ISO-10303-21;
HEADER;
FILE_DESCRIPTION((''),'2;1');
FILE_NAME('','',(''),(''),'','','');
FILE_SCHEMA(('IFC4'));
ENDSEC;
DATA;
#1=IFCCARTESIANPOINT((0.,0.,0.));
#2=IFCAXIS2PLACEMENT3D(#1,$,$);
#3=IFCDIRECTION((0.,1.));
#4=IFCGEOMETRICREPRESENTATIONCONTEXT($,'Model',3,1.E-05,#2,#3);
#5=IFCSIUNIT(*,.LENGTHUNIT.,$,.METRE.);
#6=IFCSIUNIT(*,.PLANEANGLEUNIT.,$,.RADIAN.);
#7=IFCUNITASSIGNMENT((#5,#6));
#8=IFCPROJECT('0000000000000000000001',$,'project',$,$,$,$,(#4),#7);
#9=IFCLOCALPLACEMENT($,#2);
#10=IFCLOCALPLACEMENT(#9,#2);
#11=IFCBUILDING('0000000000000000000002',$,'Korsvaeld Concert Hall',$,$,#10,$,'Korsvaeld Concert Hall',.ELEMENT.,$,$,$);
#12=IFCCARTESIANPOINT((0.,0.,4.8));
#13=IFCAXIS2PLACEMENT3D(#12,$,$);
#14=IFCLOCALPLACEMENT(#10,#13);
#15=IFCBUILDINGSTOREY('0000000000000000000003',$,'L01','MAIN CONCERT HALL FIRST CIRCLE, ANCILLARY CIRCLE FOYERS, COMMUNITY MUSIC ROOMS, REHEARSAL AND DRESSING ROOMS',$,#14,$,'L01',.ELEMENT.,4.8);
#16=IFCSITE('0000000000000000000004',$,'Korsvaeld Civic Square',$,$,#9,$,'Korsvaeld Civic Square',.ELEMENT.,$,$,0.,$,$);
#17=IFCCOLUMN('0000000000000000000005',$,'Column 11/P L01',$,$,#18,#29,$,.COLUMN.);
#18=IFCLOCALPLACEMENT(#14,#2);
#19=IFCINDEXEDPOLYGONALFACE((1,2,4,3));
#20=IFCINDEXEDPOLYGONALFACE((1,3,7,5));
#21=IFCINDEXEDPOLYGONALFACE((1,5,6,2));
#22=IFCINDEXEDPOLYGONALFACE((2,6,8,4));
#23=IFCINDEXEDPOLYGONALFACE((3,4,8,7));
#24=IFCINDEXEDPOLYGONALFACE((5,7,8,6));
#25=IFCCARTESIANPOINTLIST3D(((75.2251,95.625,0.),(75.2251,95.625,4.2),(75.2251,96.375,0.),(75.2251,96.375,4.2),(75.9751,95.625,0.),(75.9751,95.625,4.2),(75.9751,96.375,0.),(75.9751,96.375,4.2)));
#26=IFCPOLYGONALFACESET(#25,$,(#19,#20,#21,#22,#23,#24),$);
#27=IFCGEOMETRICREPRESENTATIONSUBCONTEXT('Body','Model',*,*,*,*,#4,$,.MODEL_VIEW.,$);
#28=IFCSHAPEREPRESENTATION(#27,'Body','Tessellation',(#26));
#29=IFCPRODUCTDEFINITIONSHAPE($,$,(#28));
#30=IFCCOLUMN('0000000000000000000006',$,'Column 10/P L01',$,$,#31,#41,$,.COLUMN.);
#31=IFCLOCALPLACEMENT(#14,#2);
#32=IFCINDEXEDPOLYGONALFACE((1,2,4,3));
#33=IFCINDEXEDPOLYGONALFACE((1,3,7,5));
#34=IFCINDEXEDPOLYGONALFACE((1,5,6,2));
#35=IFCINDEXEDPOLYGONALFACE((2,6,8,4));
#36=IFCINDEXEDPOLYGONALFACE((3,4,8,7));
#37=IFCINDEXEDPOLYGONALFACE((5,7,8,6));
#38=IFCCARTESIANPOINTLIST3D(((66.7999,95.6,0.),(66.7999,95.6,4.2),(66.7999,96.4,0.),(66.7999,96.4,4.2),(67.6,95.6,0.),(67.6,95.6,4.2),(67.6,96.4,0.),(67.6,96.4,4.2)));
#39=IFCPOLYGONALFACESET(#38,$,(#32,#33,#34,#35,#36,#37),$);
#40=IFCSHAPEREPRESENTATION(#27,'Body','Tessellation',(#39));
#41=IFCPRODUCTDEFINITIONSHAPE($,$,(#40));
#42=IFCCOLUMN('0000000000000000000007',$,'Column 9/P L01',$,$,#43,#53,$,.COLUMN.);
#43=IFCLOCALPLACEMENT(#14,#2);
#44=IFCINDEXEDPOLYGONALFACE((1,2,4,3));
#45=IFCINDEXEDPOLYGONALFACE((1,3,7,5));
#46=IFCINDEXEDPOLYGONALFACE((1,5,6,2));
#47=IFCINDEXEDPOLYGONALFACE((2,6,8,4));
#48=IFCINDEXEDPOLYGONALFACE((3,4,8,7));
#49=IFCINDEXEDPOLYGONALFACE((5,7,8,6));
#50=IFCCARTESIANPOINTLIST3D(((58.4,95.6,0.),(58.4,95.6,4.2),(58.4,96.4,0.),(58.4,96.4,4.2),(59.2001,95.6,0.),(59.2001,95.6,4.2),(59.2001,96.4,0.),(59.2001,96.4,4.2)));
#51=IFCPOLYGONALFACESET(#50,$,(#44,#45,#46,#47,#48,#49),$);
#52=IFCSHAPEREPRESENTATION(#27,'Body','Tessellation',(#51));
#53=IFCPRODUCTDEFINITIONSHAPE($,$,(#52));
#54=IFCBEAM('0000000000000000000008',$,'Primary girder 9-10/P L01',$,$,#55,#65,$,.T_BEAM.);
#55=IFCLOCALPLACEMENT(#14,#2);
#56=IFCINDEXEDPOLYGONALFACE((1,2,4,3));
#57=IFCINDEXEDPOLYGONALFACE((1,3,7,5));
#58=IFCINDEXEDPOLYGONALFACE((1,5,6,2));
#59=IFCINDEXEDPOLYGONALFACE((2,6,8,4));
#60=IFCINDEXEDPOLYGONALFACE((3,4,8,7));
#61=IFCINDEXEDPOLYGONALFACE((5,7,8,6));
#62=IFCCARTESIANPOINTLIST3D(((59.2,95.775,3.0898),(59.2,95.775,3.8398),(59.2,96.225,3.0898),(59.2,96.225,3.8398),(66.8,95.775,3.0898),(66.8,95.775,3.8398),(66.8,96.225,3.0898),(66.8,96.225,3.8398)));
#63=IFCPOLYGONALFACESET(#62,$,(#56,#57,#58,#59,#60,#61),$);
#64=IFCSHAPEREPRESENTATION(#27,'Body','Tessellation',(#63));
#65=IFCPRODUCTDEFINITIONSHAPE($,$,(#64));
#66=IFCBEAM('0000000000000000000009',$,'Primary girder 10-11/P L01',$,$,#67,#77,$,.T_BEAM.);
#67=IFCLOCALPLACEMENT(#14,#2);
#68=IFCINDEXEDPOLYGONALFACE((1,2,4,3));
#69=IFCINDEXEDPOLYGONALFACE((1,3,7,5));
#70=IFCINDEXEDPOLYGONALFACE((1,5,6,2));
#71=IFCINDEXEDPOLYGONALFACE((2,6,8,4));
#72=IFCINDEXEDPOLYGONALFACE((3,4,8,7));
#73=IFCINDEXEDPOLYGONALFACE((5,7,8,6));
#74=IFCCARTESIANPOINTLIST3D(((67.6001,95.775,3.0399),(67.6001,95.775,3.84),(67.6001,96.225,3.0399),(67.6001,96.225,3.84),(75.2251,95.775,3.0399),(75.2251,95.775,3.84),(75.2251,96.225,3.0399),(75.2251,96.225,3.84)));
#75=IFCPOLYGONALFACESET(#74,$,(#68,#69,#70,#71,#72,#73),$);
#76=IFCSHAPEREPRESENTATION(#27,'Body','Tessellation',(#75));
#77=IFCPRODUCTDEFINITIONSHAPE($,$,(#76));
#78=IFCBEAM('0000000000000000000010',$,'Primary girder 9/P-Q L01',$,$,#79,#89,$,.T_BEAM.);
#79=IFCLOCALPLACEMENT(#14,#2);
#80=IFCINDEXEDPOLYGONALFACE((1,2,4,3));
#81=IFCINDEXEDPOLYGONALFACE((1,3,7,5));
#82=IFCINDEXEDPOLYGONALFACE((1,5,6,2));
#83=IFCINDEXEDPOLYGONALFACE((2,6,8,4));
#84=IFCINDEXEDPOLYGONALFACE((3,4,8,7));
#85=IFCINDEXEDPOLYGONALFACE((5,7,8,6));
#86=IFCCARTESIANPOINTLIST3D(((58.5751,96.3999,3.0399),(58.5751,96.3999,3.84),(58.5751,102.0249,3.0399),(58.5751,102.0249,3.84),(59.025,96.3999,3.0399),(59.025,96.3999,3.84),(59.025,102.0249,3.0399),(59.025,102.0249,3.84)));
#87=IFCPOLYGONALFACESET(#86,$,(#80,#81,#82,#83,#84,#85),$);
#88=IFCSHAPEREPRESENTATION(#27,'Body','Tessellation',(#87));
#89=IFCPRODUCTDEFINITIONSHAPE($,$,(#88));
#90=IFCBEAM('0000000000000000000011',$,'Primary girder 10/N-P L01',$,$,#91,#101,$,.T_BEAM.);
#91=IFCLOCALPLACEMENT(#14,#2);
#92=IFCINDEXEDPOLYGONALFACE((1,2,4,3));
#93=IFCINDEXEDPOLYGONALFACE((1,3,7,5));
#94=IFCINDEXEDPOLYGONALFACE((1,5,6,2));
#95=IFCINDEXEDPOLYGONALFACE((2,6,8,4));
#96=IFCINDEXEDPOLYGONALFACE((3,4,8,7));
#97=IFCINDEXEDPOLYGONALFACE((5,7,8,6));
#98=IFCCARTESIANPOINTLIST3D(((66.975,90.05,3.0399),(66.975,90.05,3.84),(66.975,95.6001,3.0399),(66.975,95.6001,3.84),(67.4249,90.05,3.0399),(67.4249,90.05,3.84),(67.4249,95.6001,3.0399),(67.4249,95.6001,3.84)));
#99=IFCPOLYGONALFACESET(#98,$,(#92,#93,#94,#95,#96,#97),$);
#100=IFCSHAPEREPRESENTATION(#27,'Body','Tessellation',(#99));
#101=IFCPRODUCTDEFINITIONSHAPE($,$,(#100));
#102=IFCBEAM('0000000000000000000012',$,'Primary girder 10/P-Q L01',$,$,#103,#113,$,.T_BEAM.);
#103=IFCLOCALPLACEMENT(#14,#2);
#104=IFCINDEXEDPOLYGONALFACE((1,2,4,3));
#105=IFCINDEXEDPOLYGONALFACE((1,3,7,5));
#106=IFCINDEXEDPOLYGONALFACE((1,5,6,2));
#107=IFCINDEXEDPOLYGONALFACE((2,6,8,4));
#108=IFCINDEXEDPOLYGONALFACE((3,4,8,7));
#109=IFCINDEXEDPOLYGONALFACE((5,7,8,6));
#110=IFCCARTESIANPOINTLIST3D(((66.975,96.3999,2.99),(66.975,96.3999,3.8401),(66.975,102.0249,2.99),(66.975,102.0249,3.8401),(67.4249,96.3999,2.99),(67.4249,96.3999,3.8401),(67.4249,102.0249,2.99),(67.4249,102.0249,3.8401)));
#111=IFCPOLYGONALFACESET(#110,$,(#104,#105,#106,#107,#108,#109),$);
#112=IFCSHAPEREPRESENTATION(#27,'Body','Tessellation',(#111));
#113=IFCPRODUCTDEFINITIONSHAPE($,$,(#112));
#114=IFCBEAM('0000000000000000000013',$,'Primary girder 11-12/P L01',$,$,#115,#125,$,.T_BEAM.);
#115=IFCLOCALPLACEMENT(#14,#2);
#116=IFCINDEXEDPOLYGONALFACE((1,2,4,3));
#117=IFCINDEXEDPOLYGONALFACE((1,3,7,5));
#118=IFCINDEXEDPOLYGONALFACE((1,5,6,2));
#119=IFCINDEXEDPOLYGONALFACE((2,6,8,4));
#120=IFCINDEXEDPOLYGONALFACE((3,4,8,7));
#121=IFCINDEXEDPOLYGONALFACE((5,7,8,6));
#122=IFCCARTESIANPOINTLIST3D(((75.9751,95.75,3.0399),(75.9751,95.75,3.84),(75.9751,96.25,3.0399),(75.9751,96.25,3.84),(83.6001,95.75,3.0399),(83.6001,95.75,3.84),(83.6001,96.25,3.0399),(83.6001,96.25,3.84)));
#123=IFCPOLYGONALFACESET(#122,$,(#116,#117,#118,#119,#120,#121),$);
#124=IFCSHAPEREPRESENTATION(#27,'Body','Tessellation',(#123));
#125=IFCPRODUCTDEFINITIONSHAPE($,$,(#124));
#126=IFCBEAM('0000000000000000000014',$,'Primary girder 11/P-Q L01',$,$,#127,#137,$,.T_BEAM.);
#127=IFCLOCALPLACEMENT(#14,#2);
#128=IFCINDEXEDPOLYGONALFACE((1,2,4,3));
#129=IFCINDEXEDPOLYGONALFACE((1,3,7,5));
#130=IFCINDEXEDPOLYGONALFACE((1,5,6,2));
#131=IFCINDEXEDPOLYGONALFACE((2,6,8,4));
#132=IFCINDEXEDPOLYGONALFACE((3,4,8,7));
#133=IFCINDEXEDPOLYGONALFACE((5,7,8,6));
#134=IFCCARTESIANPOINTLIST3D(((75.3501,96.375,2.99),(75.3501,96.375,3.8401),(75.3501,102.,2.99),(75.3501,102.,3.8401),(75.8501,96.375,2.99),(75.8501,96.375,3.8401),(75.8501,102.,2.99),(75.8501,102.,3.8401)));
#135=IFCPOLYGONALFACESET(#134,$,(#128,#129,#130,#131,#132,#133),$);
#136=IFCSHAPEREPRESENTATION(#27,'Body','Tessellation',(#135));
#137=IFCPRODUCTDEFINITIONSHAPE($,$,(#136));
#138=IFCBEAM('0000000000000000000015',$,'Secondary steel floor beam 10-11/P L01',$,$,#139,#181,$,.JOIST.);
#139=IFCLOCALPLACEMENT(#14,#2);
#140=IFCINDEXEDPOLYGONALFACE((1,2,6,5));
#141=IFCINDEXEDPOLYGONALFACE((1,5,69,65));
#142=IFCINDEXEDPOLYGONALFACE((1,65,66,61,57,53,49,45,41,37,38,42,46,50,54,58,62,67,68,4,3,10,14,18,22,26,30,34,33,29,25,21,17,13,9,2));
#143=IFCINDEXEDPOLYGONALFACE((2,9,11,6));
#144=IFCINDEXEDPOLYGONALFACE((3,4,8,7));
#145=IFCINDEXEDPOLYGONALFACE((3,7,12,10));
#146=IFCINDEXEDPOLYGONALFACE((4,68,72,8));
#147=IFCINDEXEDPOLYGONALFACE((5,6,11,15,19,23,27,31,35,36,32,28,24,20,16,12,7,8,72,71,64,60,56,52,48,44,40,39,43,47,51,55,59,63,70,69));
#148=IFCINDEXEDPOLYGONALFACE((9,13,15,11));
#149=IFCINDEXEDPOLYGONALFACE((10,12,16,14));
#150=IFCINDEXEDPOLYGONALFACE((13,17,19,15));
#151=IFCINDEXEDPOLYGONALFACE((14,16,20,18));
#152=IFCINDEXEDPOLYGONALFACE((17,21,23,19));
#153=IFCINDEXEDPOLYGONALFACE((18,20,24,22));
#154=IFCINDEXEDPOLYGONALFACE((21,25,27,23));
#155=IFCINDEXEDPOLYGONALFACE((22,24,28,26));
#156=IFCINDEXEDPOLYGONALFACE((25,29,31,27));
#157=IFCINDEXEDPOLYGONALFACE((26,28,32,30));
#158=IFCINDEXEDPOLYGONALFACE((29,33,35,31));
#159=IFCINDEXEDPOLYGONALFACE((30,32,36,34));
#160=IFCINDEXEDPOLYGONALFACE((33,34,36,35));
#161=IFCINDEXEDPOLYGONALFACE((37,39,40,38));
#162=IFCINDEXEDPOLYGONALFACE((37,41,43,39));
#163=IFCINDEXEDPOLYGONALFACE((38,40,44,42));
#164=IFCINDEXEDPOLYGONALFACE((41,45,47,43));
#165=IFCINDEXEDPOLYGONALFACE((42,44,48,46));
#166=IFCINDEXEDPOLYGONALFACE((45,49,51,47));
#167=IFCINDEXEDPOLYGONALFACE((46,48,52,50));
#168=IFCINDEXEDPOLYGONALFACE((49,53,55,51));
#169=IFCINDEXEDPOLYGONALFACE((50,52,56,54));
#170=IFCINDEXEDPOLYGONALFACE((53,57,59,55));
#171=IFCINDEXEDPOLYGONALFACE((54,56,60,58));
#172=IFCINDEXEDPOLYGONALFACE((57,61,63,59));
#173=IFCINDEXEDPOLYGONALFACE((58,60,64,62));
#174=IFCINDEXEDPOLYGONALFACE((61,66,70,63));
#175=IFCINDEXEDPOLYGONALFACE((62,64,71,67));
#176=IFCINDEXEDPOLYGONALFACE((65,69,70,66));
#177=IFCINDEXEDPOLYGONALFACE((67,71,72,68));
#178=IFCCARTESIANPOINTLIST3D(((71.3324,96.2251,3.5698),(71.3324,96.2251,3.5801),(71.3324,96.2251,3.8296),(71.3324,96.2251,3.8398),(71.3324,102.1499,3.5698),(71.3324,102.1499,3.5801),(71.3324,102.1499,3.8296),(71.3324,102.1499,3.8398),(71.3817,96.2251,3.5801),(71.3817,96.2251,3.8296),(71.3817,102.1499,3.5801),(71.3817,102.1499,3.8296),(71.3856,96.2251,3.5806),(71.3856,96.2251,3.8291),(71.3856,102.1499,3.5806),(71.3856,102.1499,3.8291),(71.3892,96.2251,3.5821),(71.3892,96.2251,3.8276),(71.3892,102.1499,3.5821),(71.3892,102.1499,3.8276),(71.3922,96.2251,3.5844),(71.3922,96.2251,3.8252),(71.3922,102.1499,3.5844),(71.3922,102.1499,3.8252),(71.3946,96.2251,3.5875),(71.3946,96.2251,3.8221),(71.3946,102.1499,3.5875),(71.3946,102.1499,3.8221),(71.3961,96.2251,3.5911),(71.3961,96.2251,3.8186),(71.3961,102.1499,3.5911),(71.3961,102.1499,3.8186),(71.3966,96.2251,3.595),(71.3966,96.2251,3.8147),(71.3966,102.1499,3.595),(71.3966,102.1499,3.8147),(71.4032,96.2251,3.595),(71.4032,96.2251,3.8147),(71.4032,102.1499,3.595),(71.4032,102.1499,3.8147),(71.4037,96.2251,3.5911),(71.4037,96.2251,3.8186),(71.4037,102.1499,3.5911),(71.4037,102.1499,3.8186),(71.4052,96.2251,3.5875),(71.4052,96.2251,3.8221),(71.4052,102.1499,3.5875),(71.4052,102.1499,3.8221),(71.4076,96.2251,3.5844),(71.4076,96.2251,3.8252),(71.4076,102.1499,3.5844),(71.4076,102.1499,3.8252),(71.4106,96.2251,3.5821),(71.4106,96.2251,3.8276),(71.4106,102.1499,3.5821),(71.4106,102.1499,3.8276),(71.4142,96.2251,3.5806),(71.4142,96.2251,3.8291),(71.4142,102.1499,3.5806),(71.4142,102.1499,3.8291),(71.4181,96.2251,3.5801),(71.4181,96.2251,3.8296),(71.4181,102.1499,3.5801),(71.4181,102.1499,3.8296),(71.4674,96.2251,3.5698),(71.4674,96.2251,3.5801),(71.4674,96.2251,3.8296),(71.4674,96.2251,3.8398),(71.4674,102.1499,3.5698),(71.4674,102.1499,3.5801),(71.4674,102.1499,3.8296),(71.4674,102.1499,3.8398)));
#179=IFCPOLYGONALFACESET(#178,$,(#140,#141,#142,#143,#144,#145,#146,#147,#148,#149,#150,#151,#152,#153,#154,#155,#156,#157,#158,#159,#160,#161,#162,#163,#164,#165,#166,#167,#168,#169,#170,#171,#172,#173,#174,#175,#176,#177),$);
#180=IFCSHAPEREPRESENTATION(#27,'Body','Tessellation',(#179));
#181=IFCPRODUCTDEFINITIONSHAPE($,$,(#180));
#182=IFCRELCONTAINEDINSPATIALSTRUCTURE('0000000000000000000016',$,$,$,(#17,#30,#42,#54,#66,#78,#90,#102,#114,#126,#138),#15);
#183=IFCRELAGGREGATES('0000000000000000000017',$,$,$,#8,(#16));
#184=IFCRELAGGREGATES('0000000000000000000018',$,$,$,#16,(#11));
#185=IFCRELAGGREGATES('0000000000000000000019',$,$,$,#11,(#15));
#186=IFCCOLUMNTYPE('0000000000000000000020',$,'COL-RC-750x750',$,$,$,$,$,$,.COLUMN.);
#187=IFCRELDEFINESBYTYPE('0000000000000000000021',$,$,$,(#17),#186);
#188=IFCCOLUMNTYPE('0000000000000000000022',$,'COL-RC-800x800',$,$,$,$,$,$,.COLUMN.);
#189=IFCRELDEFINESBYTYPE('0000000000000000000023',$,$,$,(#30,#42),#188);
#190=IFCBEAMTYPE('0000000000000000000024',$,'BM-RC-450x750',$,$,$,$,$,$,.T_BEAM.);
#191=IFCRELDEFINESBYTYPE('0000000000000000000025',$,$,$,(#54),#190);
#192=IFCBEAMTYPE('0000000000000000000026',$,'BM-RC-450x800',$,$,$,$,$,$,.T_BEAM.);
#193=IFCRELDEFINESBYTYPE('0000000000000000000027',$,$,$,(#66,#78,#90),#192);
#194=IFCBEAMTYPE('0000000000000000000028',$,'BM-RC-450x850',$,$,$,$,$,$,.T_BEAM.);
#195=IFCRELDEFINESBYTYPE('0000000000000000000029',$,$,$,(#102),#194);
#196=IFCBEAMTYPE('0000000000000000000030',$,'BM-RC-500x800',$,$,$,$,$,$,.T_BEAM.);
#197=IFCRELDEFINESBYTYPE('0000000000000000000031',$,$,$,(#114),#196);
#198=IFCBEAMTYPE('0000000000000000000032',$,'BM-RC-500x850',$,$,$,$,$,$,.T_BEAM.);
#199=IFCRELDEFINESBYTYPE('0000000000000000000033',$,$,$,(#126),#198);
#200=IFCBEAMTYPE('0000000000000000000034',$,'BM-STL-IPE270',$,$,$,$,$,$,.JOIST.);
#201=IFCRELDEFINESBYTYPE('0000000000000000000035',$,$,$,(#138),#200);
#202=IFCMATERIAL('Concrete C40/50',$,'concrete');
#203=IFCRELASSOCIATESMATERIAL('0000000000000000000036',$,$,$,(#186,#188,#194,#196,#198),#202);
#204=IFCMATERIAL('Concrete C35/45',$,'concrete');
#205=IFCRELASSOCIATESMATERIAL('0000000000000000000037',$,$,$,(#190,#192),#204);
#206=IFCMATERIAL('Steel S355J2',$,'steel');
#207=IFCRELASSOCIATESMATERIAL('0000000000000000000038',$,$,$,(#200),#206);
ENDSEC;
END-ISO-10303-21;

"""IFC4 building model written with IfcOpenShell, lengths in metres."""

from ifc_helpers import new_model, si_unit, direction, frame, origin, origin_2d, place, context, subcontext, project, spatial, rectangle, i_section, extrude, material, material_profile, profile_set, type_object, element, save


model = new_model("IFC4")

# Units and contexts
model_context = context("Model", 3, precision=1e-05, world=origin(), true_north=direction((0.0, 1.0)))
body_context = subcontext(model_context, "Body", "Model", "MODEL_VIEW")
ifc_project = project(units=[si_unit("LENGTHUNIT", "METRE"), si_unit("PLANEANGLEUNIT", "RADIAN")], contexts=[model_context])

# Site, building, storey
site_placement = place(None, origin())
site = spatial("IfcSite", under=ifc_project, at=site_placement, Name="Korsvaeld Civic Square", LongName="Korsvaeld Civic Square", CompositionType="ELEMENT", RefElevation=0.0)
building_placement = place(site_placement, origin())
building = spatial("IfcBuilding", under=site, at=building_placement, Name="Korsvaeld Concert Hall", LongName="Korsvaeld Concert Hall", CompositionType="ELEMENT")
storey_placement = place(building_placement, frame((0.0, 0.0, 4.8)))
storey = spatial("IfcBuildingStorey", under=building, at=storey_placement, Name="L01", Description="MAIN CONCERT HALL FIRST CIRCLE, ANCILLARY CIRCLE FOYERS, COMMUNITY MUSIC ROOMS, REHEARSAL AND DRESSING ROOMS", LongName="L01", CompositionType="ELEMENT", Elevation=4.8)

# Columns
ifc_material_1 = material(Name="Concrete C40/50", Category="concrete")
ifc_material_profile_1 = material_profile(ifc_material_1, rectangle(XDim=0.75, YDim=0.75, at=origin_2d()), Name="RC 750x750")
ifc_profile_set_1 = profile_set([ifc_material_profile_1], Name="Concrete C40/50")
column_type_1 = type_object("IfcColumnType", Name="COL-RC-750x750", PredefinedType="COLUMN", material=ifc_profile_set_1)
column_placement = place(storey_placement, frame((75.6001, 96.0, 0.0), z_axis=(0.0, 0.0, 1.0), x_axis=(1.0, 0.0, 0.0)))
element("IfcColumn", 1, at=column_placement, inside=storey, type_object=column_type_1, Name="Column 11/P L01", PredefinedType="COLUMN", context=body_context, shape_type="SweptSolid", body=[
    extrude(rectangle(XDim=0.75, YDim=0.75, at=origin_2d()), origin(), (0.0, 0.0, 1.0), 4.2),
])
ifc_material_profile_2 = material_profile(ifc_material_1, rectangle(XDim=0.8, YDim=0.8, at=origin_2d()), Name="RC 800x800")
ifc_profile_set_2 = profile_set([ifc_material_profile_2], Name="Concrete C40/50")
column_type_2 = type_object("IfcColumnType", Name="COL-RC-800x800", PredefinedType="COLUMN", material=ifc_profile_set_2)
for number, where, z_axis, x_axis, name in (
    (2, (67.2, 96.0, 0.0), (0.0, 0.0, 1.0), (1.0, 0.0, 0.0), "Column 10/P L01"),
    (3, (58.8, 96.0, 0.0), (0.0, 0.0, 1.0), (1.0, 0.0, 0.0), "Column 9/P L01"),
):
    element("IfcColumn", number, at=place(storey_placement, frame(where, z_axis=z_axis, x_axis=x_axis)), inside=storey, type_object=column_type_2, Name=name, PredefinedType="COLUMN", context=body_context, shape_type="SweptSolid", body=[
        extrude(rectangle(XDim=0.8, YDim=0.8, at=origin_2d()), origin(), (0.0, 0.0, 1.0), 4.2),
    ])

# Beams
ifc_material_2 = material(Name="Concrete C35/45", Category="concrete")
ifc_material_profile_3 = material_profile(ifc_material_2, rectangle(XDim=0.45, YDim=0.75, at=origin_2d()), Name="RC 450x750")
ifc_profile_set_3 = profile_set([ifc_material_profile_3], Name="Concrete C35/45")
beam_type_1 = type_object("IfcBeamType", Name="BM-RC-450x750", PredefinedType="T_BEAM", material=ifc_profile_set_3)
beam_1_placement = place(storey_placement, frame((59.2, 96.0, 3.4648), z_axis=(1.0, 0.0, 0.0), x_axis=(0.0, 1.0, 0.0)))
element("IfcBeam", 4, at=beam_1_placement, inside=storey, type_object=beam_type_1, Name="Primary girder 9-10/P L01", PredefinedType="T_BEAM", context=body_context, shape_type="SweptSolid", body=[
    extrude(rectangle(XDim=0.45, YDim=0.75, at=origin_2d()), origin(), (0.0, 0.0, 1.0), 7.6001),
])
ifc_material_profile_4 = material_profile(ifc_material_2, rectangle(XDim=0.45, YDim=0.8, at=origin_2d()), Name="RC 450x800")
ifc_profile_set_4 = profile_set([ifc_material_profile_4], Name="Concrete C35/45")
beam_type_2 = type_object("IfcBeamType", Name="BM-RC-450x800", PredefinedType="T_BEAM", material=ifc_profile_set_4)
beam_2_placement = place(storey_placement, frame((67.6001, 96.0, 3.4399), z_axis=(1.0, 0.0, 0.0), x_axis=(0.0, 1.0, 0.0)))
element("IfcBeam", 5, at=beam_2_placement, inside=storey, type_object=beam_type_2, Name="Primary girder 10-11/P L01", PredefinedType="T_BEAM", context=body_context, shape_type="SweptSolid", body=[
    extrude(rectangle(XDim=0.45, YDim=0.8, at=origin_2d()), origin(), (0.0, 0.0, 1.0), 7.625),
])
beam_3_placement = place(storey_placement, frame((58.8, 96.3999, 3.4399), z_axis=(0.0, 1.0, 0.0), x_axis=(-1.0, 0.0, 0.0)))
element("IfcBeam", 6, at=beam_3_placement, inside=storey, type_object=beam_type_2, Name="Primary girder 9/P-Q L01", PredefinedType="T_BEAM", context=body_context, shape_type="SweptSolid", body=[
    extrude(rectangle(XDim=0.45, YDim=0.8, at=origin_2d()), origin(), (0.0, 0.0, 1.0), 5.625),
])
beam_4_placement = place(storey_placement, frame((67.2, 90.05, 3.4399), z_axis=(0.0, 1.0, 0.0), x_axis=(-1.0, 0.0, 0.0)))
element("IfcBeam", 7, at=beam_4_placement, inside=storey, type_object=beam_type_2, Name="Primary girder 10/N-P L01", PredefinedType="T_BEAM", context=body_context, shape_type="SweptSolid", body=[
    extrude(rectangle(XDim=0.45, YDim=0.8, at=origin_2d()), origin(), (0.0, 0.0, 1.0), 5.55),
])
ifc_material_profile_5 = material_profile(ifc_material_1, rectangle(XDim=0.45, YDim=0.8501, at=origin_2d()), Name="RC 450x850")
ifc_profile_set_5 = profile_set([ifc_material_profile_5], Name="Concrete C40/50")
beam_type_3 = type_object("IfcBeamType", Name="BM-RC-450x850", PredefinedType="T_BEAM", material=ifc_profile_set_5)
beam_5_placement = place(storey_placement, frame((67.2, 96.3999, 3.415), z_axis=(0.0, 1.0, 0.0), x_axis=(-1.0, 0.0, 0.0)))
element("IfcBeam", 8, at=beam_5_placement, inside=storey, type_object=beam_type_3, Name="Primary girder 10/P-Q L01", PredefinedType="T_BEAM", context=body_context, shape_type="SweptSolid", body=[
    extrude(rectangle(XDim=0.45, YDim=0.8501, at=origin_2d()), origin(), (0.0, 0.0, 1.0), 5.625),
])
ifc_material_profile_6 = material_profile(ifc_material_1, rectangle(XDim=0.5, YDim=0.8, at=origin_2d()), Name="RC 500x800")
ifc_profile_set_6 = profile_set([ifc_material_profile_6], Name="Concrete C40/50")
beam_type_4 = type_object("IfcBeamType", Name="BM-RC-500x800", PredefinedType="T_BEAM", material=ifc_profile_set_6)
beam_6_placement = place(storey_placement, frame((75.9751, 96.0, 3.4399), z_axis=(1.0, 0.0, 0.0), x_axis=(0.0, 1.0, 0.0)))
element("IfcBeam", 9, at=beam_6_placement, inside=storey, type_object=beam_type_4, Name="Primary girder 11-12/P L01", PredefinedType="T_BEAM", context=body_context, shape_type="SweptSolid", body=[
    extrude(rectangle(XDim=0.5, YDim=0.8, at=origin_2d()), origin(), (0.0, 0.0, 1.0), 7.625),
])
ifc_material_profile_7 = material_profile(ifc_material_1, rectangle(XDim=0.5, YDim=0.8501, at=origin_2d()), Name="RC 500x850")
ifc_profile_set_7 = profile_set([ifc_material_profile_7], Name="Concrete C40/50")
beam_type_5 = type_object("IfcBeamType", Name="BM-RC-500x850", PredefinedType="T_BEAM", material=ifc_profile_set_7)
beam_7_placement = place(storey_placement, frame((75.6001, 96.375, 3.415), z_axis=(0.0, 1.0, 0.0), x_axis=(-1.0, 0.0, 0.0)))
element("IfcBeam", 10, at=beam_7_placement, inside=storey, type_object=beam_type_5, Name="Primary girder 11/P-Q L01", PredefinedType="T_BEAM", context=body_context, shape_type="SweptSolid", body=[
    extrude(rectangle(XDim=0.5, YDim=0.8501, at=origin_2d()), origin(), (0.0, 0.0, 1.0), 5.625),
])
ifc_material_3 = material(Name="Steel S355J2", Category="steel")
ifc_material_profile_8 = material_profile(ifc_material_3, i_section(OverallWidth=0.135, OverallDepth=0.27, WebThickness=0.0066, FlangeThickness=0.0103, FilletRadius=0.0149, at=origin_2d()), Name="IPE 270")
ifc_profile_set_8 = profile_set([ifc_material_profile_8], Name="Steel S355J2")
beam_type_6 = type_object("IfcBeamType", Name="BM-STL-IPE270", PredefinedType="JOIST", material=ifc_profile_set_8)
beam_8_placement = place(storey_placement, frame((71.3999, 96.2251, 3.7048), z_axis=(0.0, 1.0, 0.0), x_axis=(-1.0, 0.0, 0.0)))
element("IfcBeam", 11, at=beam_8_placement, inside=storey, type_object=beam_type_6, Name="Secondary steel floor beam 10-11/P L01", PredefinedType="JOIST", context=body_context, shape_type="SweptSolid", body=[
    extrude(i_section(OverallWidth=0.135, OverallDepth=0.27, WebThickness=0.0066, FlangeThickness=0.0103, FilletRadius=0.0149, at=origin_2d()), origin(), (0.0, 0.0, 1.0), 5.9248),
])

save(model, "model.ifc")
